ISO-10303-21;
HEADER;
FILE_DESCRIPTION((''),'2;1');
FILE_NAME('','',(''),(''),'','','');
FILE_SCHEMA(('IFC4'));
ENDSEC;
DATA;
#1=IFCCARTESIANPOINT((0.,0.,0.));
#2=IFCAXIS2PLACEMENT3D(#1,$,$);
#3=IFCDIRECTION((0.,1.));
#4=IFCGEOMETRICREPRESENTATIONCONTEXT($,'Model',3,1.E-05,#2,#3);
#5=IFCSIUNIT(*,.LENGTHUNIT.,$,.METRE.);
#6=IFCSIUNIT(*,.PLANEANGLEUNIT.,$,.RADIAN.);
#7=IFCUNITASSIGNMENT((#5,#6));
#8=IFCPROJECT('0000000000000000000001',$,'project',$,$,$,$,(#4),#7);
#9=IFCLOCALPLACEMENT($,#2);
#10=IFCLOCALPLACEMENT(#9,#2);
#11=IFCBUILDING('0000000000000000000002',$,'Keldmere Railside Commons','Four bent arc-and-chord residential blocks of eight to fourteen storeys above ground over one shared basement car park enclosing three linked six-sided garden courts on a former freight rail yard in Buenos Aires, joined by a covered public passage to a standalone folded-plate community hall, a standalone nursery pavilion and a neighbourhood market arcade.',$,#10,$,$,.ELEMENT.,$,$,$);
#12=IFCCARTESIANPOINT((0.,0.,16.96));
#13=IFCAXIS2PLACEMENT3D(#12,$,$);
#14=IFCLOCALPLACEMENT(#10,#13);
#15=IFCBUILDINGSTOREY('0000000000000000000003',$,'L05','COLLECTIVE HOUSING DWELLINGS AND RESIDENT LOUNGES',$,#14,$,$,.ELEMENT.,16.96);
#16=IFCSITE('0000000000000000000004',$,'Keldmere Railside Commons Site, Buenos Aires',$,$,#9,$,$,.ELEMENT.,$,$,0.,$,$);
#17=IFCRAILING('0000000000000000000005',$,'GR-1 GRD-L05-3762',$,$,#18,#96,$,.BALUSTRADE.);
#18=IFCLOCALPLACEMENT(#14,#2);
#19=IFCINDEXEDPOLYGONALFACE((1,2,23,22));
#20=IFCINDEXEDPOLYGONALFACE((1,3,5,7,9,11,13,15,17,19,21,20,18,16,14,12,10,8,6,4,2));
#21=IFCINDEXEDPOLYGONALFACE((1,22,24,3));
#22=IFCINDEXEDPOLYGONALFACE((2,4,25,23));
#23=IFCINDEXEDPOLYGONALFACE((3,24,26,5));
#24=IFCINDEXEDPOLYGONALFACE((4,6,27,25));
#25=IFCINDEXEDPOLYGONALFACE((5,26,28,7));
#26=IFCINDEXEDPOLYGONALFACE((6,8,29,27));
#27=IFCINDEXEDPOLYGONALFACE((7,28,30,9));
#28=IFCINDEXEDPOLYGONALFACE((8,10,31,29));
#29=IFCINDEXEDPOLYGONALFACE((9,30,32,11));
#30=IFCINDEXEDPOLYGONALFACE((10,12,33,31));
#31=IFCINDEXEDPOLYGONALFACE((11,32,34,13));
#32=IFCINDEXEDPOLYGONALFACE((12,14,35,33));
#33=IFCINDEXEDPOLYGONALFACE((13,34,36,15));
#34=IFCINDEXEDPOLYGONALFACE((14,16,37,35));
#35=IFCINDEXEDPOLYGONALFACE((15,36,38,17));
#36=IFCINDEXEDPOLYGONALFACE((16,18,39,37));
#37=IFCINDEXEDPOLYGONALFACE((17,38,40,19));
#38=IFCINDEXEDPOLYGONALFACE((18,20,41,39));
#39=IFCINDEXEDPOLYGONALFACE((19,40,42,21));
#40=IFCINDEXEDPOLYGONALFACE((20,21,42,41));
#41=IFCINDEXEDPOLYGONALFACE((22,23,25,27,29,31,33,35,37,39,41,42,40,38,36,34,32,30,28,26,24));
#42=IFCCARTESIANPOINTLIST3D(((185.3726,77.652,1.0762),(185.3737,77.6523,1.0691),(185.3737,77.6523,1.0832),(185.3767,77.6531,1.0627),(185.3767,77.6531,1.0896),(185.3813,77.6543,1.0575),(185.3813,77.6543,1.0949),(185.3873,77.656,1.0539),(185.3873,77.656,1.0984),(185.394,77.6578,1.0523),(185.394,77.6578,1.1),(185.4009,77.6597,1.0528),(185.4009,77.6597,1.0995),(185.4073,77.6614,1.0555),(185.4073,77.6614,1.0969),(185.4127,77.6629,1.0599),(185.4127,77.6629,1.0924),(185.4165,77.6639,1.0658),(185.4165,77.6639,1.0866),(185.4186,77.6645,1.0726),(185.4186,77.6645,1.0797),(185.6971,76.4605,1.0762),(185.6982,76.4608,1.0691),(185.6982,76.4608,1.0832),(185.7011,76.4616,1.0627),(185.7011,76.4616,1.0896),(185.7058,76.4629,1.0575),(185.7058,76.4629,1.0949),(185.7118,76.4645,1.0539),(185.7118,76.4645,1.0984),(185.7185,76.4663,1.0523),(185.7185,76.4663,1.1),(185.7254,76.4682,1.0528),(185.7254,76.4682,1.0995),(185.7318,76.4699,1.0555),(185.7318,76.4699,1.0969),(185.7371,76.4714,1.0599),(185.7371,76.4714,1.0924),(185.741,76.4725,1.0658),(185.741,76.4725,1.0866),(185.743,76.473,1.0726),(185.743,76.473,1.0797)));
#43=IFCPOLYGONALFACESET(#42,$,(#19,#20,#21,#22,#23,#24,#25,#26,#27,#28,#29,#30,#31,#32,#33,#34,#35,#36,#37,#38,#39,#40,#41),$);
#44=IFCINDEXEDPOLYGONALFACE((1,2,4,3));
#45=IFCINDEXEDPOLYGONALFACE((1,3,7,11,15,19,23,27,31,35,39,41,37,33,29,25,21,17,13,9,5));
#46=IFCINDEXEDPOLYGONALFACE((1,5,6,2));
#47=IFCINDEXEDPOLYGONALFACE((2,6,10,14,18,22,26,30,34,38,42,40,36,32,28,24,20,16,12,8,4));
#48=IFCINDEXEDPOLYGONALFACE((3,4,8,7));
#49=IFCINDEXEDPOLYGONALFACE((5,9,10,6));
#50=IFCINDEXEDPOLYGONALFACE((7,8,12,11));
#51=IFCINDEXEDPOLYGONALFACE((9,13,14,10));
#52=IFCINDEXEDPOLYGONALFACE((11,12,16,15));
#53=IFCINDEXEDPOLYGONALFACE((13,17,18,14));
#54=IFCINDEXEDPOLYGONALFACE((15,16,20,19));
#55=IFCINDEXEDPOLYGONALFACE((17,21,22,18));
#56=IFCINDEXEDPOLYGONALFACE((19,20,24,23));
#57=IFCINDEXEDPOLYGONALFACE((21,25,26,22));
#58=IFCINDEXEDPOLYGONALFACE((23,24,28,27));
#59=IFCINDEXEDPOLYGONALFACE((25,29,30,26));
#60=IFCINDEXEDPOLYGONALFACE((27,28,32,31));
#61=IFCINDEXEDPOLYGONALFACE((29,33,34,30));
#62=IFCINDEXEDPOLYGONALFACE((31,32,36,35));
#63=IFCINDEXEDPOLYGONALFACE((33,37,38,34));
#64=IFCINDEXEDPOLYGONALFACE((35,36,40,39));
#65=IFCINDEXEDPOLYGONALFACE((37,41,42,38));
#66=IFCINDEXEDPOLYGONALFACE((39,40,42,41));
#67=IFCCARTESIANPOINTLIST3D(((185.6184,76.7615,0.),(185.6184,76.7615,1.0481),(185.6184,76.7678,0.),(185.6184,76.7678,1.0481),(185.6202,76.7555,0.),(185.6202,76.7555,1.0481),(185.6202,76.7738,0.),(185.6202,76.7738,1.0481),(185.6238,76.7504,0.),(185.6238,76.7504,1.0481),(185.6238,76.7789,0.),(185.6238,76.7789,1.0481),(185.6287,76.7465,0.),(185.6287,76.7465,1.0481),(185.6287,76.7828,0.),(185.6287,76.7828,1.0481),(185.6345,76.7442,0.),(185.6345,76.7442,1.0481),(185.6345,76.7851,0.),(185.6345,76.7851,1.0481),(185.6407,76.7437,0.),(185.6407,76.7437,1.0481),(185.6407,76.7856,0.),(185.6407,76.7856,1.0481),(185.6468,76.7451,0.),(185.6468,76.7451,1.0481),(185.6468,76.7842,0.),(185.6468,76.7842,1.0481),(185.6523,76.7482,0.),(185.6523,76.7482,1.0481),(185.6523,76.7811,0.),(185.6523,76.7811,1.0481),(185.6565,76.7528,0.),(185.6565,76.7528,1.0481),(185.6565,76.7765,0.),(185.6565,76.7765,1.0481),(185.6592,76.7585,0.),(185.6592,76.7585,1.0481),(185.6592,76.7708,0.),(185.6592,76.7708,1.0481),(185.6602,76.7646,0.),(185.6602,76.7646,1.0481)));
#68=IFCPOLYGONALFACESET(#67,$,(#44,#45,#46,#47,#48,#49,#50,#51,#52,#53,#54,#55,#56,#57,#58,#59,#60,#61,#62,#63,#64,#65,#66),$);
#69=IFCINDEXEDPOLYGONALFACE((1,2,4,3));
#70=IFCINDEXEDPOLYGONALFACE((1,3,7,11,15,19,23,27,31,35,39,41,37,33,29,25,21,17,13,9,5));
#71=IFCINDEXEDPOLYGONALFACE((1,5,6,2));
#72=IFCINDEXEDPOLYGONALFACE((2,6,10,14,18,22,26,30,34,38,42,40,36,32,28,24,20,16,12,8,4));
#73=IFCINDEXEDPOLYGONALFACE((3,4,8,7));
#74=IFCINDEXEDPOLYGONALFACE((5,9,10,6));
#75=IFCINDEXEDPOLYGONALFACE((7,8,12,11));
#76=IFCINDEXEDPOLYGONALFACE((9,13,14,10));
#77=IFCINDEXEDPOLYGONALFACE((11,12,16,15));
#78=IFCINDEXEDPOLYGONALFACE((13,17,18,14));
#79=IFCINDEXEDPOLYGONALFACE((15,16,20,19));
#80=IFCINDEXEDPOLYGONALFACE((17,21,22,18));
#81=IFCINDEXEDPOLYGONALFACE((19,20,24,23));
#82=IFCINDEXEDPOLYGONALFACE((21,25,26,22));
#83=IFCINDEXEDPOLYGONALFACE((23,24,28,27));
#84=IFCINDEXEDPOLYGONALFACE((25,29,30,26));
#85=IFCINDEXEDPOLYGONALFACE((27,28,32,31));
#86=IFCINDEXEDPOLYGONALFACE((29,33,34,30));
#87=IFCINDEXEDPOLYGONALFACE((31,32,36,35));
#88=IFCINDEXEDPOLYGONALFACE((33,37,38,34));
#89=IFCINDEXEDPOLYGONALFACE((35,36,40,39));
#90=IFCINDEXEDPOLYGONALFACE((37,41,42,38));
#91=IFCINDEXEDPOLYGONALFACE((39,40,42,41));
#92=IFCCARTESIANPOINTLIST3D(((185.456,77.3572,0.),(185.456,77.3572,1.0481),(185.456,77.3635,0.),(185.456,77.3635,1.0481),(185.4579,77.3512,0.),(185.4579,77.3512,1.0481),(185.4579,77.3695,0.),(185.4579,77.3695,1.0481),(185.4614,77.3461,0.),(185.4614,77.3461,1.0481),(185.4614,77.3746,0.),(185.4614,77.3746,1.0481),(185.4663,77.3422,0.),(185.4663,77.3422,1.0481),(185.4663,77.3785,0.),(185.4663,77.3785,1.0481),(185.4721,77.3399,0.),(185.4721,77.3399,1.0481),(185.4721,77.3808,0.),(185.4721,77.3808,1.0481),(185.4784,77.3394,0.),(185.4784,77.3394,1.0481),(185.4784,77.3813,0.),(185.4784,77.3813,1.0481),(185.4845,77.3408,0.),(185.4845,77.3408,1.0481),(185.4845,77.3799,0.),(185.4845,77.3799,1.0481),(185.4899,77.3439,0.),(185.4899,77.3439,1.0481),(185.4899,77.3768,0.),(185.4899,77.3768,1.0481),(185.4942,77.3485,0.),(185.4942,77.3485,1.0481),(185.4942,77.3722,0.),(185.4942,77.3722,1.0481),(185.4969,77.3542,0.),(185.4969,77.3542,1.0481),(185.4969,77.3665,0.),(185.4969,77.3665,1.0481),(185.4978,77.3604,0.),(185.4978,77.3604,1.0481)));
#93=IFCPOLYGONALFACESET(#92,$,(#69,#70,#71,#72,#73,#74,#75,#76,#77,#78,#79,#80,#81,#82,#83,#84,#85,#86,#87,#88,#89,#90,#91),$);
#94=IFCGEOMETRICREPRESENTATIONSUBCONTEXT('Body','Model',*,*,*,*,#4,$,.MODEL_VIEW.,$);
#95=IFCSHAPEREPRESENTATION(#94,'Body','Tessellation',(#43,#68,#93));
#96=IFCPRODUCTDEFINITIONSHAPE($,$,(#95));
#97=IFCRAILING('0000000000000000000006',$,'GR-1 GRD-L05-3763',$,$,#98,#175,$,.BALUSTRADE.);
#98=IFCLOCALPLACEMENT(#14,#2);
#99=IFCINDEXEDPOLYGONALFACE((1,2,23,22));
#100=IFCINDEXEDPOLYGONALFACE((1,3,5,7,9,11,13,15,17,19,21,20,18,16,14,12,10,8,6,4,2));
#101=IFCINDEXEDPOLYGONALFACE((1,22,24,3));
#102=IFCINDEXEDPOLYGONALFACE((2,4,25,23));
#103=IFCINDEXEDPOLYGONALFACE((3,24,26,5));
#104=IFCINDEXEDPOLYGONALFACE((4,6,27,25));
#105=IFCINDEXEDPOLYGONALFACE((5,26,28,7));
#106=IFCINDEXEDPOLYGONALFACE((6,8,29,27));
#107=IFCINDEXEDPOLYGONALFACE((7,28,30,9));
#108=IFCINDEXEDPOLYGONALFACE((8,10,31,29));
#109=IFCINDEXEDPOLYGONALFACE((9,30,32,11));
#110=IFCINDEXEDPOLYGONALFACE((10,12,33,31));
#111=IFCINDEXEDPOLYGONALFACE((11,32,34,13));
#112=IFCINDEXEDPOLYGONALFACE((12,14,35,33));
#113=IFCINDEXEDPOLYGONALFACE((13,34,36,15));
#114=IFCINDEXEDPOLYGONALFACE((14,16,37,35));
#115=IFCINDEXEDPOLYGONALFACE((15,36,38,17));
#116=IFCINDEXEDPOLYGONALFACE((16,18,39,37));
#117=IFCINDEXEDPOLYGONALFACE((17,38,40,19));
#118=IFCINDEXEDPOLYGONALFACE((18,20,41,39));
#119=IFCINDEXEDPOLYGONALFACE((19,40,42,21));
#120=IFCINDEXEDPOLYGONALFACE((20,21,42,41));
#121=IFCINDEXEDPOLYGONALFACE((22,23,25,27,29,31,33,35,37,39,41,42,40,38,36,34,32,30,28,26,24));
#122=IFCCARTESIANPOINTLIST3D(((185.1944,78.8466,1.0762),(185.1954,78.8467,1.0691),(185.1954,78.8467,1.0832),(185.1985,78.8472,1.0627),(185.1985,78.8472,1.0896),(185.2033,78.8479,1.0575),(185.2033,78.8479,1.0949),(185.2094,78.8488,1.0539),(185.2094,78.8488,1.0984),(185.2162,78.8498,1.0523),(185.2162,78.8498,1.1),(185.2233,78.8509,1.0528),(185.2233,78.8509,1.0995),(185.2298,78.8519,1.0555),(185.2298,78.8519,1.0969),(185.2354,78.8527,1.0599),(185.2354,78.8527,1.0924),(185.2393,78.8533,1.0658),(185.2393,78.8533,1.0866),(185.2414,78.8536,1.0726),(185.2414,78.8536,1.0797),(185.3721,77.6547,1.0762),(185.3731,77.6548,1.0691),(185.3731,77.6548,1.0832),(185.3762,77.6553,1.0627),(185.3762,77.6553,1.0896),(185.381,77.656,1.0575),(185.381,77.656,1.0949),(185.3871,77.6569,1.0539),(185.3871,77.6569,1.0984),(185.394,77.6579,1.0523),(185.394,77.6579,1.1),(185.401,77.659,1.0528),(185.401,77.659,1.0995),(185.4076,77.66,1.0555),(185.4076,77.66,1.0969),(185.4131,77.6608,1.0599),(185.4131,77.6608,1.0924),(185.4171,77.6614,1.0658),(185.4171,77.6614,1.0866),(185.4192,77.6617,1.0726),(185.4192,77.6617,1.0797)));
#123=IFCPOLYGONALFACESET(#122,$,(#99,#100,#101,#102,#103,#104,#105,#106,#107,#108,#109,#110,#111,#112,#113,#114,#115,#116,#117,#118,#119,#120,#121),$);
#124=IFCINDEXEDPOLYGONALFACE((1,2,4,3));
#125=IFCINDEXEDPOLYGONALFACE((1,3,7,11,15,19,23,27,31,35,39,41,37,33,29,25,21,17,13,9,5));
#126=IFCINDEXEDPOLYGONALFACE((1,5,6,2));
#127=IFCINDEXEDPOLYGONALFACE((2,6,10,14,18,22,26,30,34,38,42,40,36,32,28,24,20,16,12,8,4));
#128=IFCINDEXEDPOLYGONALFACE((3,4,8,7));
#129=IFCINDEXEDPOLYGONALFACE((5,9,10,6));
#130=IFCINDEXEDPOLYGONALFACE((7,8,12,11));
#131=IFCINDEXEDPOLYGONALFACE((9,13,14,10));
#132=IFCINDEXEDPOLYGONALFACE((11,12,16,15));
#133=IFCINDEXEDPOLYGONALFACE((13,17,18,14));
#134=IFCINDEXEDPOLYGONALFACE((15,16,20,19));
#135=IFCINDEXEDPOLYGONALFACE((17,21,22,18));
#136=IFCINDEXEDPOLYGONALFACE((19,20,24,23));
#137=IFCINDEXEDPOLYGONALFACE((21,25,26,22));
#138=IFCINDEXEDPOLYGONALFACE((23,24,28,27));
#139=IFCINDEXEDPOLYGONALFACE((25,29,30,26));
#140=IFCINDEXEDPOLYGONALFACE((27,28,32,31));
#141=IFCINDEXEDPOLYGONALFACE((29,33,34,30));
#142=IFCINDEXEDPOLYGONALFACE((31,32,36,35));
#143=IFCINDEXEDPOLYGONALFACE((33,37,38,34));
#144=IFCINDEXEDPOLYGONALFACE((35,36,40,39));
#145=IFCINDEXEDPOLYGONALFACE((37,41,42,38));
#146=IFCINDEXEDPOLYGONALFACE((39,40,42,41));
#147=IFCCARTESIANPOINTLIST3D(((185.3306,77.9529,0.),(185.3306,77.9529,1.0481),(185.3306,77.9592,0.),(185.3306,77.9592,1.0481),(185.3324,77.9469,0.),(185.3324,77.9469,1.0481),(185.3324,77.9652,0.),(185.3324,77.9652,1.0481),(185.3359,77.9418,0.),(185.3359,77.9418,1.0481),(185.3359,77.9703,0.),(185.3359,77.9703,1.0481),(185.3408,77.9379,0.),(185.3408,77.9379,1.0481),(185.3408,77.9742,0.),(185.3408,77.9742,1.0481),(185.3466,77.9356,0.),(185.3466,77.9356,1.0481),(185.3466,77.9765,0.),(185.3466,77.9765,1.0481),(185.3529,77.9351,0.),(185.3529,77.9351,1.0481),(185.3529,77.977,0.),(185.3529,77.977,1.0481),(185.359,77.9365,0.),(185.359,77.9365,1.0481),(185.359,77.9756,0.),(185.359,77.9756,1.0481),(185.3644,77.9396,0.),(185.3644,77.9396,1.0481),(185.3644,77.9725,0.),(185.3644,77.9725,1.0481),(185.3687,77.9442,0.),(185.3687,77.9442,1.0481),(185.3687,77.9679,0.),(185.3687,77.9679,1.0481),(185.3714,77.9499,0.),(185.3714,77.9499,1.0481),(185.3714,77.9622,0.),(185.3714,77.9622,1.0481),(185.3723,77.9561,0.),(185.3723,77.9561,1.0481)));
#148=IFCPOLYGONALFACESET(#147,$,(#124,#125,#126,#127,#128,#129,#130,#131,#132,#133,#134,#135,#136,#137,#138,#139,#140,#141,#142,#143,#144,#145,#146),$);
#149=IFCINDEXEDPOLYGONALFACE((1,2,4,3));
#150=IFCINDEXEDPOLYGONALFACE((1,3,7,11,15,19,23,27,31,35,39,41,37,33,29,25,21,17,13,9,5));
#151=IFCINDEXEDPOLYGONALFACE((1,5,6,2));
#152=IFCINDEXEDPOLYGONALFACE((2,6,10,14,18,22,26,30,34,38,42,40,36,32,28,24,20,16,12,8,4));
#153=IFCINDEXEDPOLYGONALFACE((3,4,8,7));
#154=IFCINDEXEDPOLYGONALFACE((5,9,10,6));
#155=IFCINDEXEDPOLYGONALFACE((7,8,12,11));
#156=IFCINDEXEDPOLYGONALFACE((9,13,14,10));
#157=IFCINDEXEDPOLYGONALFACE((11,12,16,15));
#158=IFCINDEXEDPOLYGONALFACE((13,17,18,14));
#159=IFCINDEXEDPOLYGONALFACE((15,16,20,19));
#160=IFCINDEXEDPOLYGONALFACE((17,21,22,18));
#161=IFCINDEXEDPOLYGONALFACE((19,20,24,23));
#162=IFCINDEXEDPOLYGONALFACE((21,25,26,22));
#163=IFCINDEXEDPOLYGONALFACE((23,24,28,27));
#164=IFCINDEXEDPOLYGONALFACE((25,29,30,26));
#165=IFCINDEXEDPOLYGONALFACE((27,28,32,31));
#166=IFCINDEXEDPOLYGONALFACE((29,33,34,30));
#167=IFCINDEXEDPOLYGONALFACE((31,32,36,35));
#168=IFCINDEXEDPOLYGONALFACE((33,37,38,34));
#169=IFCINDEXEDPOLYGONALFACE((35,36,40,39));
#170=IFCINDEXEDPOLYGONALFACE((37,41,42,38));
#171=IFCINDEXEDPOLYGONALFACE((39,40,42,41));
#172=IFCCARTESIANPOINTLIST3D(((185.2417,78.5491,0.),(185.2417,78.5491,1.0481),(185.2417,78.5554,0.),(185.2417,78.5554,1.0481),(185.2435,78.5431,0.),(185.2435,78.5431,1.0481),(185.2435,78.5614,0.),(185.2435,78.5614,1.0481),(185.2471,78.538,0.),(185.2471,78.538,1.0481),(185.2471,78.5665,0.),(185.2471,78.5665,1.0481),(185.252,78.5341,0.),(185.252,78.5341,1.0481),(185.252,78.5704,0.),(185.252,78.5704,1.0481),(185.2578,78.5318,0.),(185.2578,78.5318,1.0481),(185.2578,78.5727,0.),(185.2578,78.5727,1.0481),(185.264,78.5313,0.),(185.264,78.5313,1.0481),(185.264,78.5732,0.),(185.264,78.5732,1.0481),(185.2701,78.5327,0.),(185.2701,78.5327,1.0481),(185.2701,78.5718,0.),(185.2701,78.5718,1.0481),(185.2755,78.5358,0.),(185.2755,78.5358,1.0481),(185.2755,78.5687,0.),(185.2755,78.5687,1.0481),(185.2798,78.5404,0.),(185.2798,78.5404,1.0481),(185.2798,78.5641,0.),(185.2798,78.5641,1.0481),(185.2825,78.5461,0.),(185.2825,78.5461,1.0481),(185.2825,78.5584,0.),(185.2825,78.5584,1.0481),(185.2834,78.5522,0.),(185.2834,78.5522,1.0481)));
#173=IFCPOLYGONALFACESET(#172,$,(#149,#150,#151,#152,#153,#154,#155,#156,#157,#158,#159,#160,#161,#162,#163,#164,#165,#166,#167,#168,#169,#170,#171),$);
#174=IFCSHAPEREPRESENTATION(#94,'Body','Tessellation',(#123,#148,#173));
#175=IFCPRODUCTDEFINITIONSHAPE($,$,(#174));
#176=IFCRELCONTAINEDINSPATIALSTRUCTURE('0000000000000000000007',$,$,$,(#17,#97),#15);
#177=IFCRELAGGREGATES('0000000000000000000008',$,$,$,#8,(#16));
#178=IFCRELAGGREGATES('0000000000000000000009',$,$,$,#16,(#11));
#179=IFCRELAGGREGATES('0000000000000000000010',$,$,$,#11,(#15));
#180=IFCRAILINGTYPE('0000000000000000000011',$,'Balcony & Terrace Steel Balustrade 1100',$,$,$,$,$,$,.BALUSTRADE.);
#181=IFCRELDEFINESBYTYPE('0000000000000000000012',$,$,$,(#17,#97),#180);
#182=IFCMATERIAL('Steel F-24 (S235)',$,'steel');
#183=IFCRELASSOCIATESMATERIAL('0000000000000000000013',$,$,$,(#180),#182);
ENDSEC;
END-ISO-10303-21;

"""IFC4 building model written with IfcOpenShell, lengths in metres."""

from ifc_helpers import new_model, si_unit, direction, frame, origin, origin_2d, place, context, subcontext, project, spatial, circle, extrude, material, type_object, element, save


model = new_model("IFC4")

# Units and contexts
model_context = context("Model", 3, precision=1e-05, world=origin(), true_north=direction((0.0, 1.0)))
body_context = subcontext(model_context, "Body", "Model", "MODEL_VIEW")
ifc_project = project(units=[si_unit("LENGTHUNIT", "METRE"), si_unit("PLANEANGLEUNIT", "RADIAN")], contexts=[model_context])

# Site, building, storey
site_placement = place(None, origin())
site = spatial("IfcSite", under=ifc_project, at=site_placement, Name="Keldmere Railside Commons Site, Buenos Aires", CompositionType="ELEMENT", RefElevation=0.0)
building_placement = place(site_placement, origin())
building = spatial("IfcBuilding", under=site, at=building_placement, Name="Keldmere Railside Commons", Description="Four bent arc-and-chord residential blocks of eight to fourteen storeys above ground over one shared basement car park enclosing three linked six-sided garden courts on a former freight rail yard in Buenos Aires, joined by a covered public passage to a standalone folded-plate community hall, a standalone nursery pavilion and a neighbourhood market arcade.", CompositionType="ELEMENT")
storey_placement = place(building_placement, frame((0.0, 0.0, 16.96)))
storey = spatial("IfcBuildingStorey", under=building, at=storey_placement, Name="L05", Description="COLLECTIVE HOUSING DWELLINGS AND RESIDENT LOUNGES", CompositionType="ELEMENT", Elevation=16.96)

# Shared definitions
ifc_material_1 = material(Name="Steel F-24 (S235)", Category="steel")

# Railings
railing_type_1 = type_object("IfcRailingType", Name="Balcony & Terrace Steel Balustrade 1100", PredefinedType="BALUSTRADE", material=ifc_material_1)
railing_1_placement = place(storey_placement, frame((185.7202, 76.4668, 0.0)))
element("IfcRailing", 1, at=railing_1_placement, inside=storey, type_object=railing_type_1, Name="GR-1 GRD-L05-3762", PredefinedType="BALUSTRADE", context=body_context, shape_type="SweptSolid", body=[
    extrude(circle(Radius=0.0239, at=origin_2d()), frame((0.0, 0.0, 1.0762), z_axis=(-0.262766, 0.96486, 0.0), x_axis=(-0.96486, -0.262766, 0.0)), (0.0, 0.0, 1.0), 1.2349),
    extrude(circle(Radius=0.021, at=origin_2d()), frame((-0.0811, 0.2979, 0.0)), (0.0, 0.0, 1.0), 1.0481),
    extrude(circle(Radius=0.021, at=origin_2d()), frame((-0.2434, 0.8936, 0.0)), (0.0, 0.0, 1.0), 1.0481),
])
railing_2_placement = place(storey_placement, frame((185.3958, 77.6582, 0.0)))
element("IfcRailing", 2, at=railing_2_placement, inside=storey, type_object=railing_type_1, Name="GR-1 GRD-L05-3763", PredefinedType="BALUSTRADE", context=body_context, shape_type="SweptSolid", body=[
    extrude(circle(Radius=0.0239, at=origin_2d()), frame((0.0, 0.0, 1.0762), z_axis=(-0.147488, 0.989064, 0.0), x_axis=(-0.989064, -0.147488, 0.0)), (0.0, 0.0, 1.0), 1.2051),
    extrude(circle(Radius=0.021, at=origin_2d()), frame((-0.0444, 0.2979, 0.0)), (0.0, 0.0, 1.0), 1.0481),
    extrude(circle(Radius=0.021, at=origin_2d()), frame((-0.1333, 0.894, 0.0)), (0.0, 0.0, 1.0), 1.0481),
])

save(model, "model.ifc")
